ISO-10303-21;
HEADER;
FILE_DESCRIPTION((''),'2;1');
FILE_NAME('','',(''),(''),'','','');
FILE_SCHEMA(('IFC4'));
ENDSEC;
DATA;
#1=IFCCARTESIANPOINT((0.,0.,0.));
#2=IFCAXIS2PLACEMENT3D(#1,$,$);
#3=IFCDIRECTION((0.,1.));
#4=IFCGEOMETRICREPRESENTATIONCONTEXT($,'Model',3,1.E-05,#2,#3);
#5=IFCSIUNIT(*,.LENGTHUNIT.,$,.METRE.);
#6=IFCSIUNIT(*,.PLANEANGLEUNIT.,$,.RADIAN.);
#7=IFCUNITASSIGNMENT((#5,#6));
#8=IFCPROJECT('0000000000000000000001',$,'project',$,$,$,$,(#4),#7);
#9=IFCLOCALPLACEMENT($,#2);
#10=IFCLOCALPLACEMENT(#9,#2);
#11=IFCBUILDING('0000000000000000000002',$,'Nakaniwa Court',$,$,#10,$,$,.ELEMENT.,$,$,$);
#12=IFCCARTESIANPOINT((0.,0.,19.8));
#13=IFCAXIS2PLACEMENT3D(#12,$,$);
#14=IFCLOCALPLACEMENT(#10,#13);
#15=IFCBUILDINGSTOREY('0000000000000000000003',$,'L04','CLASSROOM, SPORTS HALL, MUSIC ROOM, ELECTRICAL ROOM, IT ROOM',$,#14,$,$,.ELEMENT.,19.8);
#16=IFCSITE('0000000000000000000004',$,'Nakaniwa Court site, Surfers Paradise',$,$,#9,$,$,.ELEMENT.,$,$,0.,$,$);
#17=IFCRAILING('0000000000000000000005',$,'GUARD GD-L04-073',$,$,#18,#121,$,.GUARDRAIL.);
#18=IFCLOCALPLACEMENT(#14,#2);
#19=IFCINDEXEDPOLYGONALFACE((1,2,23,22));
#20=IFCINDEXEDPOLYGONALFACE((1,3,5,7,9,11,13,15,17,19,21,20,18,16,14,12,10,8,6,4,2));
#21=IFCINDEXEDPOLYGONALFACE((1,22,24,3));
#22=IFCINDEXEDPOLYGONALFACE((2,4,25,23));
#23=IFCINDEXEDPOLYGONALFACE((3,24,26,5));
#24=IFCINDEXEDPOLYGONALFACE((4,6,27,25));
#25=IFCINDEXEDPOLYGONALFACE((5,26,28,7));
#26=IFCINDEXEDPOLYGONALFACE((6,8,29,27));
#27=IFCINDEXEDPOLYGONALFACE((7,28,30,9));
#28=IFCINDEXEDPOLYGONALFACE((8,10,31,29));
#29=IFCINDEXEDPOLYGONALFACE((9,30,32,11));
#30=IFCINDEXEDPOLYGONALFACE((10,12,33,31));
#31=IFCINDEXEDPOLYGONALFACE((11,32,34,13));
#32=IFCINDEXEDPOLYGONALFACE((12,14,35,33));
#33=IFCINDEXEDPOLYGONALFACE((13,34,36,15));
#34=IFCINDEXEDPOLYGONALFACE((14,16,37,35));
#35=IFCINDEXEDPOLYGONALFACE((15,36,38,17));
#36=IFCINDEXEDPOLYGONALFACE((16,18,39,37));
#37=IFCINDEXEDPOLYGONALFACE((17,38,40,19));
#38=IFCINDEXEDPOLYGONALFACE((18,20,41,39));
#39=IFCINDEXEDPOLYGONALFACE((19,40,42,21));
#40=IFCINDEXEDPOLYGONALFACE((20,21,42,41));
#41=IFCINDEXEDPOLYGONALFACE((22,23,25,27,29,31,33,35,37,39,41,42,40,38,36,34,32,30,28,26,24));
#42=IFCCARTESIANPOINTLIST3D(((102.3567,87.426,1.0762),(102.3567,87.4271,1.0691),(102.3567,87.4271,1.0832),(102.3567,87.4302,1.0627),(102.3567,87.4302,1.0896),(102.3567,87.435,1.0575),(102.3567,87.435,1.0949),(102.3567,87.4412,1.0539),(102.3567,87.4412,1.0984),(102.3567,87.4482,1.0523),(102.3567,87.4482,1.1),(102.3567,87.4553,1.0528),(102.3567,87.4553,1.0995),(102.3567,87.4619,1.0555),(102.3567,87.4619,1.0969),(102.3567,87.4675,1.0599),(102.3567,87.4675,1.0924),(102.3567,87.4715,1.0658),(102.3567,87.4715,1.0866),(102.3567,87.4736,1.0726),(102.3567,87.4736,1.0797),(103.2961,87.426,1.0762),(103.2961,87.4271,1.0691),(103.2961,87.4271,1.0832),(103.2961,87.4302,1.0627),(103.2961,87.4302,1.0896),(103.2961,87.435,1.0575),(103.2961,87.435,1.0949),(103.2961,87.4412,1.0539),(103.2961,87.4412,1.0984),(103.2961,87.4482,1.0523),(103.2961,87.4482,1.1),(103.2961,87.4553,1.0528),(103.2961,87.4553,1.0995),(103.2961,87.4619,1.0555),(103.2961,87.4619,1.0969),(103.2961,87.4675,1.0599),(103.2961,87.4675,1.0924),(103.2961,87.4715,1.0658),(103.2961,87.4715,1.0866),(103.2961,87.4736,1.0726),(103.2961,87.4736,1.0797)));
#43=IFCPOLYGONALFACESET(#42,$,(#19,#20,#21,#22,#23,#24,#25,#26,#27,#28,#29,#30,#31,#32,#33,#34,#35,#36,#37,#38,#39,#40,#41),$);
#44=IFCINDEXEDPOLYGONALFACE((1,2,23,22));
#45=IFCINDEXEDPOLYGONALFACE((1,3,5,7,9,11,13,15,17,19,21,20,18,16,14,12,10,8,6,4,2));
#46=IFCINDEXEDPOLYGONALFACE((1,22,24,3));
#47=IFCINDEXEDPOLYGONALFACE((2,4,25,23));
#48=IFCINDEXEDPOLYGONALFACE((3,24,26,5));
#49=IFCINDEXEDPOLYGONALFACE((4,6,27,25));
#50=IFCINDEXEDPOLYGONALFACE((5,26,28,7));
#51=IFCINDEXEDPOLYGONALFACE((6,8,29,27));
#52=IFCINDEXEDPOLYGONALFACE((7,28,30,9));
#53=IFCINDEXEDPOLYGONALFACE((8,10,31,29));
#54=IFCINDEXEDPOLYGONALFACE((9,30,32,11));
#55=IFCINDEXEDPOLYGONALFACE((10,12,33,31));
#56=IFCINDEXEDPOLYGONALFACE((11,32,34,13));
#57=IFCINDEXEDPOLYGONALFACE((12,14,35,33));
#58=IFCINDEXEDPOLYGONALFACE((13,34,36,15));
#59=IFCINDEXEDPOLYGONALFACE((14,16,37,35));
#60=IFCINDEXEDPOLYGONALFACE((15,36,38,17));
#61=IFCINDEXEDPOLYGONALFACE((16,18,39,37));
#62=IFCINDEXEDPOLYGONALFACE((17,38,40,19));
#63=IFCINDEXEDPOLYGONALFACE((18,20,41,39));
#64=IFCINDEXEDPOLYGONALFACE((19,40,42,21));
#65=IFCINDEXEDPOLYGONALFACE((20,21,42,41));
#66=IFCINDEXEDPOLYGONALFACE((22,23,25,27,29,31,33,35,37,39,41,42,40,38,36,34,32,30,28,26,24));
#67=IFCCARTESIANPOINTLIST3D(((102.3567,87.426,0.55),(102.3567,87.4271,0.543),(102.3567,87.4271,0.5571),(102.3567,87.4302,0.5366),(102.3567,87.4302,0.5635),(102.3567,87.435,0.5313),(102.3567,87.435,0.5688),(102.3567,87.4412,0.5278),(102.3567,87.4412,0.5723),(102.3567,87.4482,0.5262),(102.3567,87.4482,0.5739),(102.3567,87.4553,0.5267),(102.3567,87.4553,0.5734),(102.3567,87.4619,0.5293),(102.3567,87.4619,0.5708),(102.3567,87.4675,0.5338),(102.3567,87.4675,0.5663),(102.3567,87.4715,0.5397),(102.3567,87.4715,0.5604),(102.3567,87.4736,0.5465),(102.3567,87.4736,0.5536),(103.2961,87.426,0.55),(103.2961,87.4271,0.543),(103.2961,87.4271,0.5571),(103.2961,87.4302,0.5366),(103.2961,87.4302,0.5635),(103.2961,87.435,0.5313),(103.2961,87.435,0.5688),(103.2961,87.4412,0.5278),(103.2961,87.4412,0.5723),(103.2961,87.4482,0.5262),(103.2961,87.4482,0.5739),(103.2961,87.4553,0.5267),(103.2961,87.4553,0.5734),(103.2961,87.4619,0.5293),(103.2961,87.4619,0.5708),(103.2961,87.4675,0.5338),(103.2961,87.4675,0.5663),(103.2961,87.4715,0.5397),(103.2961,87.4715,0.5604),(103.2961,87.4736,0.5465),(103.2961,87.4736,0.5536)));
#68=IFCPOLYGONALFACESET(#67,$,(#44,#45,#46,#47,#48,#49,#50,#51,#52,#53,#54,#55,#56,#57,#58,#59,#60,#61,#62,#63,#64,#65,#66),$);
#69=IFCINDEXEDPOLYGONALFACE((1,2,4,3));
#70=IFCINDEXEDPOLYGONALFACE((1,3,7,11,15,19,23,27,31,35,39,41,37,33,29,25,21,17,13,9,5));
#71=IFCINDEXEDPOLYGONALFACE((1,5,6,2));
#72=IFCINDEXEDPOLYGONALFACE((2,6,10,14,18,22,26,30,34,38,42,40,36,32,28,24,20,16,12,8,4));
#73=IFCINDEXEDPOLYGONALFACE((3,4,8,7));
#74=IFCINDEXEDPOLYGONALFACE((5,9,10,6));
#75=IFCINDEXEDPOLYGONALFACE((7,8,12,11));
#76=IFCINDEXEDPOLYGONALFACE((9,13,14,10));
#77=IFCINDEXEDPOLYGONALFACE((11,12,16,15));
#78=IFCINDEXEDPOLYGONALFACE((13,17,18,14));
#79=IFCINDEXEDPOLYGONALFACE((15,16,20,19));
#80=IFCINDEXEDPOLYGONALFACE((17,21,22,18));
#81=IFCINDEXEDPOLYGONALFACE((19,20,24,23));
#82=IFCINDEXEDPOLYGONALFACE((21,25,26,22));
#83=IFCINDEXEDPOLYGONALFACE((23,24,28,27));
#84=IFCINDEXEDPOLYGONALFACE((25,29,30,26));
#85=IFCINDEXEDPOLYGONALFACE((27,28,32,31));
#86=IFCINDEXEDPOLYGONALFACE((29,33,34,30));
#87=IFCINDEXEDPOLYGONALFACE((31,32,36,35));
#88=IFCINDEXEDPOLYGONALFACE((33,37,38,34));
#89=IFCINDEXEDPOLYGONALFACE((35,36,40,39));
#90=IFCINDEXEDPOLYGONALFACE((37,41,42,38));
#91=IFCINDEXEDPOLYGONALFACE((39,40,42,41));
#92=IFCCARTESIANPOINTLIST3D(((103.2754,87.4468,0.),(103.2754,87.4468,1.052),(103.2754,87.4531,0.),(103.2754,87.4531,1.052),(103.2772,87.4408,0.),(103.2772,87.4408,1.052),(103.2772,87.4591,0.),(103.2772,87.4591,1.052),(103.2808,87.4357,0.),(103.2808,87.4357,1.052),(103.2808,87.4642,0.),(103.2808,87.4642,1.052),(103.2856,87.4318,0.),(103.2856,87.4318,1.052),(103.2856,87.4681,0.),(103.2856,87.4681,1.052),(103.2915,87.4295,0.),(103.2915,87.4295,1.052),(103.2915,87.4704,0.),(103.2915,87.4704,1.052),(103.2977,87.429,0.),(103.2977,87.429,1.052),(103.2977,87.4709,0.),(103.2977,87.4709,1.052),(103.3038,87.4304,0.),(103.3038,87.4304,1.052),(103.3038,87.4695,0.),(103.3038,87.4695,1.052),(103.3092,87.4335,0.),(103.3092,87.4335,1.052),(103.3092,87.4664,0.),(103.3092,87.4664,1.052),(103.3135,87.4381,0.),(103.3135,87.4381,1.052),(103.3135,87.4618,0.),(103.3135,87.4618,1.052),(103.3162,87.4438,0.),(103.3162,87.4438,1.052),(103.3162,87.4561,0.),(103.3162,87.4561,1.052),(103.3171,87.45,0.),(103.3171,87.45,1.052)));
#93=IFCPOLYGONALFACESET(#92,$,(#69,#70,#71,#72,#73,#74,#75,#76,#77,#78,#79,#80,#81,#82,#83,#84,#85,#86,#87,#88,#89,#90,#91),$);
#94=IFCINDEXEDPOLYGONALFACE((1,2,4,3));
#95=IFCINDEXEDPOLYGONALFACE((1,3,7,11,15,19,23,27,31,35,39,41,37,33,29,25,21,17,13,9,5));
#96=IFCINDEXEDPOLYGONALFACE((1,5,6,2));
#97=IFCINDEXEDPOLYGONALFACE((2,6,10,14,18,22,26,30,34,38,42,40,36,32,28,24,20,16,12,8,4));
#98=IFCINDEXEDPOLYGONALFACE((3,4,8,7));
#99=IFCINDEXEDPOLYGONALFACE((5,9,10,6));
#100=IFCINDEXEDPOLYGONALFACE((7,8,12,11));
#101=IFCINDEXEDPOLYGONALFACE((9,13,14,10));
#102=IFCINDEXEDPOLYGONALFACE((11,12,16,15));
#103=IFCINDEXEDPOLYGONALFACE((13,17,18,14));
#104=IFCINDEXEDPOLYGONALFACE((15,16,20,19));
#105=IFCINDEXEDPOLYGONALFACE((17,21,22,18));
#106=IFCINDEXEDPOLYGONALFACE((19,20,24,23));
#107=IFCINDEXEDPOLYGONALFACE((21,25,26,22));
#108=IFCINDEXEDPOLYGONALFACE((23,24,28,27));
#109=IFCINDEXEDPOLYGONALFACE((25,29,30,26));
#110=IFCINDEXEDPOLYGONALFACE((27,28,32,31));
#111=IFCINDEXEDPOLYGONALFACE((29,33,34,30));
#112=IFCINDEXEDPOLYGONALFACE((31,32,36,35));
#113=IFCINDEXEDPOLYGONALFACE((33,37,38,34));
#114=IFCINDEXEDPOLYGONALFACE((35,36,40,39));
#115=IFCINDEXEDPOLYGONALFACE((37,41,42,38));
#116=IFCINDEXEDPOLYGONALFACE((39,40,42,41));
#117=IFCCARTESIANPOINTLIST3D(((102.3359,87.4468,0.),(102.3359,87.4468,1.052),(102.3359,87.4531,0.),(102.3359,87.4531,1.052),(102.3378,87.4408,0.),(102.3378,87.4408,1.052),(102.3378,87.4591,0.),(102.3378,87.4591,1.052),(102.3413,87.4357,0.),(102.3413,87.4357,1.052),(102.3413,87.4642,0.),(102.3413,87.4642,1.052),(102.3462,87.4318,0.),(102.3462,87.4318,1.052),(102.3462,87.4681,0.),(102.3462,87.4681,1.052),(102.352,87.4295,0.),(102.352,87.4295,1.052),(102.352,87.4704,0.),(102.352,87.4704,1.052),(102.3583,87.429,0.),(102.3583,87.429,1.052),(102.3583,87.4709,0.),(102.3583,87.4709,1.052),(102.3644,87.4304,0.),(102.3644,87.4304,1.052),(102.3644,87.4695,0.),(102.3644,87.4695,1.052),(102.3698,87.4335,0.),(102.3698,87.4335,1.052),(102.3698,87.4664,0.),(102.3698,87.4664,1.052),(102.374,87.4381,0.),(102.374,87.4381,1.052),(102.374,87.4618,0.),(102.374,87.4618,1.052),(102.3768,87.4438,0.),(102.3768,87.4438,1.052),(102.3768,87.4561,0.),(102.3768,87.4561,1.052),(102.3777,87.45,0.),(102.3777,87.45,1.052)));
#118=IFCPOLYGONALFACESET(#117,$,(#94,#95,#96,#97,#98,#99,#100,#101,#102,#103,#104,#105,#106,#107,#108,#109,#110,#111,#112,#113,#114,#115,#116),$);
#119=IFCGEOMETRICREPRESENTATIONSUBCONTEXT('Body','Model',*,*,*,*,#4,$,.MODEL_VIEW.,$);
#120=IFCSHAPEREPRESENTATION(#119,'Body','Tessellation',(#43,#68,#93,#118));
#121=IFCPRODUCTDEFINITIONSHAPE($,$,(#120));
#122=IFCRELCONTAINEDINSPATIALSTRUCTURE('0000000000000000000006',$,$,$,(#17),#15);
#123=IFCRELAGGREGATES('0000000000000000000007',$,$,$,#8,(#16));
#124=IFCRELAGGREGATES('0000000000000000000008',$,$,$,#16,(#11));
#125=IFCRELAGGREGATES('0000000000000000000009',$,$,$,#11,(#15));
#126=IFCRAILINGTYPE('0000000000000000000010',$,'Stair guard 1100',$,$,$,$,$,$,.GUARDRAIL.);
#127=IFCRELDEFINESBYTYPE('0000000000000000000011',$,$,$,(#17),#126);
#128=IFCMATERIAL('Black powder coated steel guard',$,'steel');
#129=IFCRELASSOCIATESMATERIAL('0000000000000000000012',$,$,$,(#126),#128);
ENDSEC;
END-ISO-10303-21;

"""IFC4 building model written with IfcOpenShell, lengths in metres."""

from ifc_helpers import new_model, si_unit, direction, frame, origin, origin_2d, place, context, subcontext, project, spatial, circle, extrude, material, type_object, element, save


model = new_model("IFC4")

# Units and contexts
model_context = context("Model", 3, precision=1e-05, world=origin(), true_north=direction((0.0, 1.0)))
body_context = subcontext(model_context, "Body", "Model", "MODEL_VIEW")
ifc_project = project(units=[si_unit("LENGTHUNIT", "METRE"), si_unit("PLANEANGLEUNIT", "RADIAN")], contexts=[model_context])

# Site, building, storey
site_placement = place(None, origin())
site = spatial("IfcSite", under=ifc_project, at=site_placement, Name="Nakaniwa Court site, Surfers Paradise", CompositionType="ELEMENT", RefElevation=0.0)
building_placement = place(site_placement, origin())
building = spatial("IfcBuilding", under=site, at=building_placement, Name="Nakaniwa Court", CompositionType="ELEMENT")
storey_placement = place(building_placement, frame((0.0, 0.0, 19.8)))
storey = spatial("IfcBuildingStorey", under=building, at=storey_placement, Name="L04", Description="CLASSROOM, SPORTS HALL, MUSIC ROOM, ELECTRICAL ROOM, IT ROOM", CompositionType="ELEMENT", Elevation=19.8)

# Railing
ifc_material_1 = material(Name="Black powder coated steel guard", Category="steel")
railing_type = type_object("IfcRailingType", Name="Stair guard 1100", PredefinedType="GUARDRAIL", material=ifc_material_1)
railing_1_placement = place(storey_placement, frame((103.2961, 87.45, 0.0)))
element("IfcRailing", 1, at=railing_1_placement, inside=storey, type_object=railing_type, Name="GUARD GD-L04-073", PredefinedType="GUARDRAIL", context=body_context, shape_type="SweptSolid", body=[
    extrude(circle(Radius=0.0239, at=origin_2d()), frame((0.0, 0.0, 1.0762), z_axis=(-1.0, 0.0, 0.0), x_axis=(0.0, -1.0, 0.0)), (0.0, 0.0, 1.0), 0.9395),
    extrude(circle(Radius=0.0239, at=origin_2d()), frame((0.0, 0.0, 0.55), z_axis=(-1.0, 0.0, 0.0), x_axis=(0.0, -1.0, 0.0)), (0.0, 0.0, 1.0), 0.9395),
    extrude(circle(Radius=0.021, at=origin_2d()), origin(), (0.0, 0.0, 1.0), 1.052),
    extrude(circle(Radius=0.021, at=origin_2d()), frame((-0.9395, 0.0, 0.0)), (0.0, 0.0, 1.0), 1.052),
])

save(model, "model.ifc")
